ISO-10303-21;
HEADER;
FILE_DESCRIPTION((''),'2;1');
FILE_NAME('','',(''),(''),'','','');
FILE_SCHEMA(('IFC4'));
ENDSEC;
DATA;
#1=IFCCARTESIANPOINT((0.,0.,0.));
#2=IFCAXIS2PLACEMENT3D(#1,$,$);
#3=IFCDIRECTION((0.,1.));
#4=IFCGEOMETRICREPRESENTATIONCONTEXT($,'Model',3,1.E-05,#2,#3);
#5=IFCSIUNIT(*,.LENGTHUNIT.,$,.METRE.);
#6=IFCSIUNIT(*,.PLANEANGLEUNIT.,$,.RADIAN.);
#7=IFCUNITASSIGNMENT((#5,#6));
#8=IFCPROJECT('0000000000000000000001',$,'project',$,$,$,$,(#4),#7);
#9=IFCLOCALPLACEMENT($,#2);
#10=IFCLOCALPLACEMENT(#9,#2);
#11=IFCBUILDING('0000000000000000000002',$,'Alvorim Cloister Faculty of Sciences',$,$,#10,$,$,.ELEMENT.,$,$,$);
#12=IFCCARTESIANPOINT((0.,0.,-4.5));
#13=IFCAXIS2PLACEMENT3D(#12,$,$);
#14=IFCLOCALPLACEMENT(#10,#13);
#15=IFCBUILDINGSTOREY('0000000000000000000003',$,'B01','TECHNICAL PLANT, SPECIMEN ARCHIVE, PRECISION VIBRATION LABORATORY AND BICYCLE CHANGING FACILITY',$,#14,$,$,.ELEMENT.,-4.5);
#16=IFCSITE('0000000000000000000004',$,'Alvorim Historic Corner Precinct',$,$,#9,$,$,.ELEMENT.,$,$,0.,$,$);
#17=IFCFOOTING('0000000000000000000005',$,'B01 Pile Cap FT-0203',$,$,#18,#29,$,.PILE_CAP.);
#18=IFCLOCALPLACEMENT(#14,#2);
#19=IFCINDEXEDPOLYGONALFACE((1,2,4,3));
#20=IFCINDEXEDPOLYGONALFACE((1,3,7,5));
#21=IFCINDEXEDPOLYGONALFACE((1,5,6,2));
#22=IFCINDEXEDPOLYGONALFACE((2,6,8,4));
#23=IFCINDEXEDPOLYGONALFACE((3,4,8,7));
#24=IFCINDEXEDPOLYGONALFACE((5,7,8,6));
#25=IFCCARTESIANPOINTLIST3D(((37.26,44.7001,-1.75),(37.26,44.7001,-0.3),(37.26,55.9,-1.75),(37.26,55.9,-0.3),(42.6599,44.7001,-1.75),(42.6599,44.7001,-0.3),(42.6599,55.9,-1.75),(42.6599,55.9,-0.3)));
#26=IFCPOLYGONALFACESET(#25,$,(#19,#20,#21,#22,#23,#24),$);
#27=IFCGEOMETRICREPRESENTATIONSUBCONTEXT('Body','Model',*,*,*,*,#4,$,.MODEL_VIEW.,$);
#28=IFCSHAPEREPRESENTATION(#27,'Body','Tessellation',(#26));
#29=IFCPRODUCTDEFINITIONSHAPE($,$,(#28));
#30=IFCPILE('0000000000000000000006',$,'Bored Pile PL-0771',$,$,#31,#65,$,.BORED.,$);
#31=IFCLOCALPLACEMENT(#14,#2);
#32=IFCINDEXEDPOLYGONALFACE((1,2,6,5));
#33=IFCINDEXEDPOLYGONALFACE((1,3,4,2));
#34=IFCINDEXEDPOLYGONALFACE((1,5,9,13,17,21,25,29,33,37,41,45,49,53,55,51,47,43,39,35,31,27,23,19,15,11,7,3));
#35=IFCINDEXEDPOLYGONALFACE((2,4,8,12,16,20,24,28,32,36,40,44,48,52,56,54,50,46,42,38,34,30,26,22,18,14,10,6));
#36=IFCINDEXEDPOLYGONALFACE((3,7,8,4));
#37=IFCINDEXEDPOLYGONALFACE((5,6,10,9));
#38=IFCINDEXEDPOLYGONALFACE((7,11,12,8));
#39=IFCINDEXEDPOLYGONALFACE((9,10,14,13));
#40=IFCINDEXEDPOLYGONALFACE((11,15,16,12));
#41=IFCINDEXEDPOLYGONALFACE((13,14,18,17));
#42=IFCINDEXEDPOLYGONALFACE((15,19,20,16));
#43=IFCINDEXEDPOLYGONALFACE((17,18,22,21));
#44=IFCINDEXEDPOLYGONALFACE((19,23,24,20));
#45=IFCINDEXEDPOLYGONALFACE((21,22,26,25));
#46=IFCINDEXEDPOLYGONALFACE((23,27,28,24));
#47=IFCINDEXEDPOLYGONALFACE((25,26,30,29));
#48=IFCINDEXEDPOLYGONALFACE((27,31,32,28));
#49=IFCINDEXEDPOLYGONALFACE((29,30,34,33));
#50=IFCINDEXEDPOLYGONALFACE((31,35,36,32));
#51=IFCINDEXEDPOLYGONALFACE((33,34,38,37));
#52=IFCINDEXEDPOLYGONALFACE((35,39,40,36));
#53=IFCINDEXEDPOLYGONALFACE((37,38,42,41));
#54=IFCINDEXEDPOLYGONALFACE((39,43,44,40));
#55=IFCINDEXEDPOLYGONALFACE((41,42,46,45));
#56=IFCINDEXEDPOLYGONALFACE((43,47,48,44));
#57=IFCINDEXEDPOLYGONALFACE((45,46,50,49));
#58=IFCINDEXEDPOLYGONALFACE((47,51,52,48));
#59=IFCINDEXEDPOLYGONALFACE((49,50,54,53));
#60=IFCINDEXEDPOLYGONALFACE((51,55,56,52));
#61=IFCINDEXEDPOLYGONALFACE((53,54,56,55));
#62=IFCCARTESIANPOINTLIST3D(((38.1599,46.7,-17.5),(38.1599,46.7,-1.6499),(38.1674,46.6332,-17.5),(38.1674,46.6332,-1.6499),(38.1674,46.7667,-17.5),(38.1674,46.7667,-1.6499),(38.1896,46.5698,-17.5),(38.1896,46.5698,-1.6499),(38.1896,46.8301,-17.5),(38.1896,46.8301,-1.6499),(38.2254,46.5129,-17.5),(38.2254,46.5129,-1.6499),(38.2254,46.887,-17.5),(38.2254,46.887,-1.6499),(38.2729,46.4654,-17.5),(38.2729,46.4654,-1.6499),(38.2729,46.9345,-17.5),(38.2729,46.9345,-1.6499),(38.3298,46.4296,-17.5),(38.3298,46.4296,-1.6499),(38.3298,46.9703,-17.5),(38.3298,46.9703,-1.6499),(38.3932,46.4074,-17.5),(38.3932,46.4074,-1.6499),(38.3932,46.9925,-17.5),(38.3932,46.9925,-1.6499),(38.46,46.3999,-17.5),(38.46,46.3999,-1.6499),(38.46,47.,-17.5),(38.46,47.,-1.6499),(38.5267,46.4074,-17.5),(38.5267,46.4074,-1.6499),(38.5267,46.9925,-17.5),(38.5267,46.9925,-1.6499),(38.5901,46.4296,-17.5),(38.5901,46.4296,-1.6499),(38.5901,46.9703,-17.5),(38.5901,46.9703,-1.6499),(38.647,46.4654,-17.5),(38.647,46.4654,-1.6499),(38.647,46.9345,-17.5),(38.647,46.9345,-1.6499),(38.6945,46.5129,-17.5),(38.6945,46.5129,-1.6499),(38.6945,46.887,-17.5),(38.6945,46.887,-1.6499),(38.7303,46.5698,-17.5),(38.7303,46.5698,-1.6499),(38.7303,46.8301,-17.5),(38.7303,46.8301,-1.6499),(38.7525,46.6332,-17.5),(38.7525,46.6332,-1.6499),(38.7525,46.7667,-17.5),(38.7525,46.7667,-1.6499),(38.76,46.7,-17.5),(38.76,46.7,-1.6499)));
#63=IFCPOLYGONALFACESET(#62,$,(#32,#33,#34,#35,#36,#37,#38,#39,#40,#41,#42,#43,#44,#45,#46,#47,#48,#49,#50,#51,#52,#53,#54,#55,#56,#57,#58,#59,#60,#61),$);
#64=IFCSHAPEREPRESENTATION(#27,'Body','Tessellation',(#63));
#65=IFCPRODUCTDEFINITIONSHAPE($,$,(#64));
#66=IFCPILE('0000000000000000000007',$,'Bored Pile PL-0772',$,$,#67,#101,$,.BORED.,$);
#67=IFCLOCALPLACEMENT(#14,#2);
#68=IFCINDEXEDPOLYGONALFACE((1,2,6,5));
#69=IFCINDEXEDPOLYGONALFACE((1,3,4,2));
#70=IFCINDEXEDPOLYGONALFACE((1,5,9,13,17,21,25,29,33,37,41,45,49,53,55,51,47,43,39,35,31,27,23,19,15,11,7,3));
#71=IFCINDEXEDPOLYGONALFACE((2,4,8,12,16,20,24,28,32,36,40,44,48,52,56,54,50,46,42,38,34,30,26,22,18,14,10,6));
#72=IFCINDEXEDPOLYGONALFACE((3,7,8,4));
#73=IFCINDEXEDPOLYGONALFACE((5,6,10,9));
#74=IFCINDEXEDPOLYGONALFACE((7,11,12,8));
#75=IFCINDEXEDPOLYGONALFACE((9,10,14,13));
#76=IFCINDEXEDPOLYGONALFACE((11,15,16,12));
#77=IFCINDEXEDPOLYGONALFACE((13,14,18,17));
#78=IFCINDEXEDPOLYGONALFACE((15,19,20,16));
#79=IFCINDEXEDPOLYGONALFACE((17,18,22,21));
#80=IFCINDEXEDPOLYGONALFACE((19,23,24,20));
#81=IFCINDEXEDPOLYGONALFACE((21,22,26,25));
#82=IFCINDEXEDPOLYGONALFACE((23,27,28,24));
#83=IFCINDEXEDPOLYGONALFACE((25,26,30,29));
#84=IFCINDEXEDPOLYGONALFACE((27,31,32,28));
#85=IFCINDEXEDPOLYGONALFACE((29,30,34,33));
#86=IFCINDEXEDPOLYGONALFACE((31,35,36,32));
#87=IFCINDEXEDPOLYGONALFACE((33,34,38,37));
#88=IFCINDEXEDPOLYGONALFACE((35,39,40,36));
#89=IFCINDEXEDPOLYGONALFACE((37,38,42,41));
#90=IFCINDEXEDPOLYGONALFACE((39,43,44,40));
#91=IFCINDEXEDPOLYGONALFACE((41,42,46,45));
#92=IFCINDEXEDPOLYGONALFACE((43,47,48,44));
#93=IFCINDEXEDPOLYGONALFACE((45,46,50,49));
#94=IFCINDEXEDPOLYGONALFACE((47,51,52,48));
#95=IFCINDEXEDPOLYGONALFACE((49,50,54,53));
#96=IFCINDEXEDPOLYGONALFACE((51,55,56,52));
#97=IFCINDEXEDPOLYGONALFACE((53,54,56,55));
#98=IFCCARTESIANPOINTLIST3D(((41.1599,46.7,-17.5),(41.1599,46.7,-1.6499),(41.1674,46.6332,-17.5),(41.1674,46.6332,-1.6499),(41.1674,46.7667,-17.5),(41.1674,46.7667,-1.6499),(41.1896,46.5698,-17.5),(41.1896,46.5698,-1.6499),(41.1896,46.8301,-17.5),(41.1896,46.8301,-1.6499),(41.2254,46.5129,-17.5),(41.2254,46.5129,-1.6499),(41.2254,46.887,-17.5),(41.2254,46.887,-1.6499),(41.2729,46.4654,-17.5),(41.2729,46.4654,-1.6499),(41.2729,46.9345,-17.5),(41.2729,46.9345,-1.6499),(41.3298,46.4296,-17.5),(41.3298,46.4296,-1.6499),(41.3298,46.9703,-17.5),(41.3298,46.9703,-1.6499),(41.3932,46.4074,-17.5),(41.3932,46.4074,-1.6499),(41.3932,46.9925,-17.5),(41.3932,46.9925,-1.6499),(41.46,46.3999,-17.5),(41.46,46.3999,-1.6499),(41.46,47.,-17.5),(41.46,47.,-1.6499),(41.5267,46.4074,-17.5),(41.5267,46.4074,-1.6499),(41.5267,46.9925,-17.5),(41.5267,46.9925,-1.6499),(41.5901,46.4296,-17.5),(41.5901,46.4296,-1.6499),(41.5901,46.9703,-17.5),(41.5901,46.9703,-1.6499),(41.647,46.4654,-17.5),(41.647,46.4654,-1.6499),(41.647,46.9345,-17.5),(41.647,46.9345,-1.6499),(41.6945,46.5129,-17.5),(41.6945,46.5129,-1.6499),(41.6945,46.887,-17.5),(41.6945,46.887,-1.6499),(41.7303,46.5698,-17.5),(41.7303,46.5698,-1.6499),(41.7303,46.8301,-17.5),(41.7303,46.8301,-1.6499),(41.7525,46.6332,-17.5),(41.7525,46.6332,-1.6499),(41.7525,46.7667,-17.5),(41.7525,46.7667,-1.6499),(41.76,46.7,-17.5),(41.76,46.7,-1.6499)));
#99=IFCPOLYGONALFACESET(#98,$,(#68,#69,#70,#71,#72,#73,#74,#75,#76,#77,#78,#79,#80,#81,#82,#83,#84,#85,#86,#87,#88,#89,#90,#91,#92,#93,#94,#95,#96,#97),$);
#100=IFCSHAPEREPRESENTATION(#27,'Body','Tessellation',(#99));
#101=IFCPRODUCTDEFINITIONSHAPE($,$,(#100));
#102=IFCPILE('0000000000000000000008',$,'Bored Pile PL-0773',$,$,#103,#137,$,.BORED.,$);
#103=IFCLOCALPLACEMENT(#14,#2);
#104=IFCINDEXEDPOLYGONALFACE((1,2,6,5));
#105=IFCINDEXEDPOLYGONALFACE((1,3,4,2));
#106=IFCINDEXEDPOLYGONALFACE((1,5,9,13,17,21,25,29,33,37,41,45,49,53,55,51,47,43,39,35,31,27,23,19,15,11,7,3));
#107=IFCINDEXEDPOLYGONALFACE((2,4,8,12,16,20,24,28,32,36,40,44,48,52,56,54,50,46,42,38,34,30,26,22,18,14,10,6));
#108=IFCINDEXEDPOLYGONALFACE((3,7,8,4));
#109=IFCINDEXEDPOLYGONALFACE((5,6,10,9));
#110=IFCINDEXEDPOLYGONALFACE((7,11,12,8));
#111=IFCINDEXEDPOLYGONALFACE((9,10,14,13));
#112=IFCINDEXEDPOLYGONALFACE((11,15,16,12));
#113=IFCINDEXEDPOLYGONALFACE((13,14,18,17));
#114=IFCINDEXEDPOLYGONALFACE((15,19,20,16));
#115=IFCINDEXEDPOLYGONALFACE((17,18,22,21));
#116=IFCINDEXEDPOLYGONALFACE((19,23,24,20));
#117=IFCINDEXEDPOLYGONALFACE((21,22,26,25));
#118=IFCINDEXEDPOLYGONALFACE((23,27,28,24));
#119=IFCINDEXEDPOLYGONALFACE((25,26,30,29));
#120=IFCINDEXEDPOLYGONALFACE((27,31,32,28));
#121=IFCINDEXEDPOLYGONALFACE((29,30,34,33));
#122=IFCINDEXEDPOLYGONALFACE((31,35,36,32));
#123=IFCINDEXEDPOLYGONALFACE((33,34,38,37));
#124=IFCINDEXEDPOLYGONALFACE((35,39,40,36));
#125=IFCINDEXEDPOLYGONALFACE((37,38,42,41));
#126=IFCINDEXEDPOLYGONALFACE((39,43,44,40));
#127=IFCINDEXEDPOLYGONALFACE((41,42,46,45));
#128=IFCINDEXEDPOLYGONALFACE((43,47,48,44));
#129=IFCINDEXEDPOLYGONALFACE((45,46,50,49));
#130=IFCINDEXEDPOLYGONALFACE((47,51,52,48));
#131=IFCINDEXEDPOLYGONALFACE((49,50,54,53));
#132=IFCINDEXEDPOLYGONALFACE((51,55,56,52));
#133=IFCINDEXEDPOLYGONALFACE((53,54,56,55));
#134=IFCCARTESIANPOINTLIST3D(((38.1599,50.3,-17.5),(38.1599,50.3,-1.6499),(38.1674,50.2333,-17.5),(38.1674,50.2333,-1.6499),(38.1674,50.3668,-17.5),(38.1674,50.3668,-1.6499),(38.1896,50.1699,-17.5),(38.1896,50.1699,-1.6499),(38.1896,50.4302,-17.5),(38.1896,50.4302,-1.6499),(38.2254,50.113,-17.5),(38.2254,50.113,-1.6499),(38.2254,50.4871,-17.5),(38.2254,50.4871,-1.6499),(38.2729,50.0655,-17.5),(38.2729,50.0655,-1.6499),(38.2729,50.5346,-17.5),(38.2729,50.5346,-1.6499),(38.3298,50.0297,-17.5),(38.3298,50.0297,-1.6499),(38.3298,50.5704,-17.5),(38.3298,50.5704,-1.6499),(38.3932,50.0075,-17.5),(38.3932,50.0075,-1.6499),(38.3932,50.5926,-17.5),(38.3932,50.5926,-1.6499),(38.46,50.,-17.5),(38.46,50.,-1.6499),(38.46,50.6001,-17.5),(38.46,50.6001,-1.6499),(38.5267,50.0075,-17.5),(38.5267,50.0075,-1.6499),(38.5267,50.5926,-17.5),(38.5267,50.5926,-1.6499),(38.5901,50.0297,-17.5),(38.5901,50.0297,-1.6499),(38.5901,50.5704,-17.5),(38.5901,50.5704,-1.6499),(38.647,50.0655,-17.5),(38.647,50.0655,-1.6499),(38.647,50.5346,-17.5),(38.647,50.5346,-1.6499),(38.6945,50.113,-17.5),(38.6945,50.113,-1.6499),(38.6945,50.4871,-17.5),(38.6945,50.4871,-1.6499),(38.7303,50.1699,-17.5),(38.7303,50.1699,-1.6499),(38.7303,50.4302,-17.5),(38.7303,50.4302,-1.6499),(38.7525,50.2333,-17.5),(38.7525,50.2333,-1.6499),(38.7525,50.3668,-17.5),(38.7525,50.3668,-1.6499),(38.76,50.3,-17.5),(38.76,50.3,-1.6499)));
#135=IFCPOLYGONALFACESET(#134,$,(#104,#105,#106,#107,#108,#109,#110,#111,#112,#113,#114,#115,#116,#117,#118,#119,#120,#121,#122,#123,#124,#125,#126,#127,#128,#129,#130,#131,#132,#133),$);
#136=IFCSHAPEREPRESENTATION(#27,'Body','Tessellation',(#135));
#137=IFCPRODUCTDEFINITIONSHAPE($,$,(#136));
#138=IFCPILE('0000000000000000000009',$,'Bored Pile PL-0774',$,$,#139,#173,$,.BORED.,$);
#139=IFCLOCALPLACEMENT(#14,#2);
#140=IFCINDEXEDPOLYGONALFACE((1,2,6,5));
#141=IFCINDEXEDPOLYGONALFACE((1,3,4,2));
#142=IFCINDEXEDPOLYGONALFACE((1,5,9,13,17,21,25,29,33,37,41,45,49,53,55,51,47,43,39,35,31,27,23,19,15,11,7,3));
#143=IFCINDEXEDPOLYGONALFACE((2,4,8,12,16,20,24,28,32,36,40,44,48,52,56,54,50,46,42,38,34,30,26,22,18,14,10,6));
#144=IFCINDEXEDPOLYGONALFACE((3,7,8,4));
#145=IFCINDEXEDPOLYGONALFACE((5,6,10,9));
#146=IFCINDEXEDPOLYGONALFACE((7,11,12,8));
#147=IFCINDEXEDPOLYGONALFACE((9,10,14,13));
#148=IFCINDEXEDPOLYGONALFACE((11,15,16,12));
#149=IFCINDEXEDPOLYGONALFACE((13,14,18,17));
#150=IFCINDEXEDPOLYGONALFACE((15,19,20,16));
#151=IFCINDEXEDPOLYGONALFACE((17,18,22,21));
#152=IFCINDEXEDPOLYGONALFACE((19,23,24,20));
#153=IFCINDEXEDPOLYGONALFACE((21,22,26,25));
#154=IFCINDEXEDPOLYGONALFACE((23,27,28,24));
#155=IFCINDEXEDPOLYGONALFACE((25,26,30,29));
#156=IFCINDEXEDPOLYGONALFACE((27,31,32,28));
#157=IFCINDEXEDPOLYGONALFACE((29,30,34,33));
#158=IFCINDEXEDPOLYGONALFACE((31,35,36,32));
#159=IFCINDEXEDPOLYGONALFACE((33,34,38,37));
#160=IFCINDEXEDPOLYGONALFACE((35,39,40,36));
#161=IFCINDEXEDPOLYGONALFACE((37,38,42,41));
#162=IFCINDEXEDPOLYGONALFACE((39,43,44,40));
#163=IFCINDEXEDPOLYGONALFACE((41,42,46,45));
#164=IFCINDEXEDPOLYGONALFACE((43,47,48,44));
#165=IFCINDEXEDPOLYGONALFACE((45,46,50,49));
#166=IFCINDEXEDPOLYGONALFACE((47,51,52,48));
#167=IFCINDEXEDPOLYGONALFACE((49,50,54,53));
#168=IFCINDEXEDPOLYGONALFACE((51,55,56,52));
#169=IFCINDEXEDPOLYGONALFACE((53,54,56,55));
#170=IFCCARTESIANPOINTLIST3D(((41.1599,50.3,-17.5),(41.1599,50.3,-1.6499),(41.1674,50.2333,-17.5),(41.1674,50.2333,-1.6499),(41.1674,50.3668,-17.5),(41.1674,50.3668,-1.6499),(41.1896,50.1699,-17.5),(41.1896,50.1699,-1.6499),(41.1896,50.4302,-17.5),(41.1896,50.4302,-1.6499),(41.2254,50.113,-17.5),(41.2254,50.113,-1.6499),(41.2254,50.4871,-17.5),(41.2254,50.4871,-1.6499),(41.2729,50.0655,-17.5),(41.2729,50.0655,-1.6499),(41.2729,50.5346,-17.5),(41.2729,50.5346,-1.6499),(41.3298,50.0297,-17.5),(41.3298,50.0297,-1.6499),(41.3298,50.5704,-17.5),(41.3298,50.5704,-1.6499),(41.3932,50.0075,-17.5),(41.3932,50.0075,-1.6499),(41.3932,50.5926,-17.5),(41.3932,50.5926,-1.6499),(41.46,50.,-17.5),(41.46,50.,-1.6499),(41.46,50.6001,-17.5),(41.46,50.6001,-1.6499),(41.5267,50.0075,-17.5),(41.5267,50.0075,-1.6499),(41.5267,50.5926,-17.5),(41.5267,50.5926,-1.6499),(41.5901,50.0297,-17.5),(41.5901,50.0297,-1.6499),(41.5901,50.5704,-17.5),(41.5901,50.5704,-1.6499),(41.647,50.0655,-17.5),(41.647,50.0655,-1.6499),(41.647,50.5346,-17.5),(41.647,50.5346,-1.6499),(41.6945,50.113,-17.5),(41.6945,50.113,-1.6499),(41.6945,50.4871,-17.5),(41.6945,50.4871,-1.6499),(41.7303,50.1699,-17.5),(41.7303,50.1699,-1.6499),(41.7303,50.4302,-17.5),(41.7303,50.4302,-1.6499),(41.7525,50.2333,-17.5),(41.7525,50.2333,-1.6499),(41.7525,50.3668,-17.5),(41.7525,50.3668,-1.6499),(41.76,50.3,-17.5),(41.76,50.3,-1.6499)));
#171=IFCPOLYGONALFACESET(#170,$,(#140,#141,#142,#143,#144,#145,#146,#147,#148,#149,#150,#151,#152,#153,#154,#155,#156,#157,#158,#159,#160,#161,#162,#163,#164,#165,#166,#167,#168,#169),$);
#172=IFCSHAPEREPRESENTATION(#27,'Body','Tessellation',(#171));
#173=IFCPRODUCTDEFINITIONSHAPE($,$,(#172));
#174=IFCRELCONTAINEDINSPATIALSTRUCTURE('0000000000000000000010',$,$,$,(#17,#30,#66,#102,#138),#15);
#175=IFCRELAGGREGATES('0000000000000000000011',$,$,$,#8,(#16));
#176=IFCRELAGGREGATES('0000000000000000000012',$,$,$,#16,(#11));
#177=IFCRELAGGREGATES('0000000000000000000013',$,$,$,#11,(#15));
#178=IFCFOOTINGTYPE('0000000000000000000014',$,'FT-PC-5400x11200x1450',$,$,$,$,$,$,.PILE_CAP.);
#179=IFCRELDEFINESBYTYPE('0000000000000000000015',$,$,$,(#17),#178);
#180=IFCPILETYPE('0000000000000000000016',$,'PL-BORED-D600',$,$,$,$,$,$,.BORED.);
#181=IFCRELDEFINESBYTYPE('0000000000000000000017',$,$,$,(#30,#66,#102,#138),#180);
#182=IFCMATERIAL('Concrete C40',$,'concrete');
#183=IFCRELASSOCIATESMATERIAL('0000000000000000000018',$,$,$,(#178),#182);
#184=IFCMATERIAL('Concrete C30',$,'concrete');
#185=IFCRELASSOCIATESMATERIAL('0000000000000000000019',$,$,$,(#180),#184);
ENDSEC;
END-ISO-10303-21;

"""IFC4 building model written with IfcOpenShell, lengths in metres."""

from ifc_helpers import new_model, si_unit, direction, frame, origin, origin_2d, place, context, subcontext, project, spatial, rectangle, circle, extrude, material, material_profile, profile_set, type_object, element, save


model = new_model("IFC4")

# Units and contexts
model_context = context("Model", 3, precision=1e-05, world=origin(), true_north=direction((0.0, 1.0)))
body_context = subcontext(model_context, "Body", "Model", "MODEL_VIEW")
ifc_project = project(units=[si_unit("LENGTHUNIT", "METRE"), si_unit("PLANEANGLEUNIT", "RADIAN")], contexts=[model_context])

# Site, building, storey
site_placement = place(None, origin())
site = spatial("IfcSite", under=ifc_project, at=site_placement, Name="Alvorim Historic Corner Precinct", CompositionType="ELEMENT", RefElevation=0.0)
building_placement = place(site_placement, origin())
building = spatial("IfcBuilding", under=site, at=building_placement, Name="Alvorim Cloister Faculty of Sciences", CompositionType="ELEMENT")
storey_placement = place(building_placement, frame((0.0, 0.0, -4.5)))
storey = spatial("IfcBuildingStorey", under=building, at=storey_placement, Name="B01", Description="TECHNICAL PLANT, SPECIMEN ARCHIVE, PRECISION VIBRATION LABORATORY AND BICYCLE CHANGING FACILITY", CompositionType="ELEMENT", Elevation=-4.5)

# Footing
ifc_material_1 = material(Name="Concrete C40", Category="concrete")
footing_type = type_object("IfcFootingType", Name="FT-PC-5400x11200x1450", PredefinedType="PILE_CAP", material=ifc_material_1)
footing_placement = place(storey_placement, frame((39.96, 50.3, -1.75), z_axis=(0.0, 0.0, 1.0), x_axis=(1.0, 0.0, 0.0)))
element("IfcFooting", 1, at=footing_placement, inside=storey, type_object=footing_type, Name="B01 Pile Cap FT-0203", PredefinedType="PILE_CAP", context=body_context, shape_type="SweptSolid", body=[
    extrude(rectangle(XDim=5.3999, YDim=11.2, at=origin_2d()), origin(), (0.0, 0.0, 1.0), 1.45),
])

# Piles
ifc_material_2 = material(Name="Concrete C30", Category="concrete")
ifc_material_profile_1 = material_profile(ifc_material_2, circle(Radius=0.3, at=origin_2d()), Name="PILE-D600")
ifc_profile_set_1 = profile_set([ifc_material_profile_1], Name="Concrete C30")
pile_type_1 = type_object("IfcPileType", Name="PL-BORED-D600", PredefinedType="BORED", material=ifc_profile_set_1)
for number, where, z_axis, x_axis, name in (
    (2, (38.46, 46.7, -1.6499), (0.0, 0.0, -1.0), (1.0, 0.0, 0.0), "Bored Pile PL-0771"),
    (3, (41.46, 46.7, -1.6499), (0.0, 0.0, -1.0), (1.0, 0.0, 0.0), "Bored Pile PL-0772"),
    (4, (38.46, 50.3, -1.6499), (0.0, 0.0, -1.0), (1.0, 0.0, 0.0), "Bored Pile PL-0773"),
    (5, (41.46, 50.3, -1.6499), (0.0, 0.0, -1.0), (1.0, 0.0, 0.0), "Bored Pile PL-0774"),
):
    element("IfcPile", number, at=place(storey_placement, frame(where, z_axis=z_axis, x_axis=x_axis)), inside=storey, type_object=pile_type_1, Name=name, PredefinedType="BORED", context=body_context, shape_type="SweptSolid", body=[
        extrude(circle(Radius=0.3, at=origin_2d()), origin(), (0.0, 0.0, 1.0), 15.8501),
    ])

save(model, "model.ifc")
